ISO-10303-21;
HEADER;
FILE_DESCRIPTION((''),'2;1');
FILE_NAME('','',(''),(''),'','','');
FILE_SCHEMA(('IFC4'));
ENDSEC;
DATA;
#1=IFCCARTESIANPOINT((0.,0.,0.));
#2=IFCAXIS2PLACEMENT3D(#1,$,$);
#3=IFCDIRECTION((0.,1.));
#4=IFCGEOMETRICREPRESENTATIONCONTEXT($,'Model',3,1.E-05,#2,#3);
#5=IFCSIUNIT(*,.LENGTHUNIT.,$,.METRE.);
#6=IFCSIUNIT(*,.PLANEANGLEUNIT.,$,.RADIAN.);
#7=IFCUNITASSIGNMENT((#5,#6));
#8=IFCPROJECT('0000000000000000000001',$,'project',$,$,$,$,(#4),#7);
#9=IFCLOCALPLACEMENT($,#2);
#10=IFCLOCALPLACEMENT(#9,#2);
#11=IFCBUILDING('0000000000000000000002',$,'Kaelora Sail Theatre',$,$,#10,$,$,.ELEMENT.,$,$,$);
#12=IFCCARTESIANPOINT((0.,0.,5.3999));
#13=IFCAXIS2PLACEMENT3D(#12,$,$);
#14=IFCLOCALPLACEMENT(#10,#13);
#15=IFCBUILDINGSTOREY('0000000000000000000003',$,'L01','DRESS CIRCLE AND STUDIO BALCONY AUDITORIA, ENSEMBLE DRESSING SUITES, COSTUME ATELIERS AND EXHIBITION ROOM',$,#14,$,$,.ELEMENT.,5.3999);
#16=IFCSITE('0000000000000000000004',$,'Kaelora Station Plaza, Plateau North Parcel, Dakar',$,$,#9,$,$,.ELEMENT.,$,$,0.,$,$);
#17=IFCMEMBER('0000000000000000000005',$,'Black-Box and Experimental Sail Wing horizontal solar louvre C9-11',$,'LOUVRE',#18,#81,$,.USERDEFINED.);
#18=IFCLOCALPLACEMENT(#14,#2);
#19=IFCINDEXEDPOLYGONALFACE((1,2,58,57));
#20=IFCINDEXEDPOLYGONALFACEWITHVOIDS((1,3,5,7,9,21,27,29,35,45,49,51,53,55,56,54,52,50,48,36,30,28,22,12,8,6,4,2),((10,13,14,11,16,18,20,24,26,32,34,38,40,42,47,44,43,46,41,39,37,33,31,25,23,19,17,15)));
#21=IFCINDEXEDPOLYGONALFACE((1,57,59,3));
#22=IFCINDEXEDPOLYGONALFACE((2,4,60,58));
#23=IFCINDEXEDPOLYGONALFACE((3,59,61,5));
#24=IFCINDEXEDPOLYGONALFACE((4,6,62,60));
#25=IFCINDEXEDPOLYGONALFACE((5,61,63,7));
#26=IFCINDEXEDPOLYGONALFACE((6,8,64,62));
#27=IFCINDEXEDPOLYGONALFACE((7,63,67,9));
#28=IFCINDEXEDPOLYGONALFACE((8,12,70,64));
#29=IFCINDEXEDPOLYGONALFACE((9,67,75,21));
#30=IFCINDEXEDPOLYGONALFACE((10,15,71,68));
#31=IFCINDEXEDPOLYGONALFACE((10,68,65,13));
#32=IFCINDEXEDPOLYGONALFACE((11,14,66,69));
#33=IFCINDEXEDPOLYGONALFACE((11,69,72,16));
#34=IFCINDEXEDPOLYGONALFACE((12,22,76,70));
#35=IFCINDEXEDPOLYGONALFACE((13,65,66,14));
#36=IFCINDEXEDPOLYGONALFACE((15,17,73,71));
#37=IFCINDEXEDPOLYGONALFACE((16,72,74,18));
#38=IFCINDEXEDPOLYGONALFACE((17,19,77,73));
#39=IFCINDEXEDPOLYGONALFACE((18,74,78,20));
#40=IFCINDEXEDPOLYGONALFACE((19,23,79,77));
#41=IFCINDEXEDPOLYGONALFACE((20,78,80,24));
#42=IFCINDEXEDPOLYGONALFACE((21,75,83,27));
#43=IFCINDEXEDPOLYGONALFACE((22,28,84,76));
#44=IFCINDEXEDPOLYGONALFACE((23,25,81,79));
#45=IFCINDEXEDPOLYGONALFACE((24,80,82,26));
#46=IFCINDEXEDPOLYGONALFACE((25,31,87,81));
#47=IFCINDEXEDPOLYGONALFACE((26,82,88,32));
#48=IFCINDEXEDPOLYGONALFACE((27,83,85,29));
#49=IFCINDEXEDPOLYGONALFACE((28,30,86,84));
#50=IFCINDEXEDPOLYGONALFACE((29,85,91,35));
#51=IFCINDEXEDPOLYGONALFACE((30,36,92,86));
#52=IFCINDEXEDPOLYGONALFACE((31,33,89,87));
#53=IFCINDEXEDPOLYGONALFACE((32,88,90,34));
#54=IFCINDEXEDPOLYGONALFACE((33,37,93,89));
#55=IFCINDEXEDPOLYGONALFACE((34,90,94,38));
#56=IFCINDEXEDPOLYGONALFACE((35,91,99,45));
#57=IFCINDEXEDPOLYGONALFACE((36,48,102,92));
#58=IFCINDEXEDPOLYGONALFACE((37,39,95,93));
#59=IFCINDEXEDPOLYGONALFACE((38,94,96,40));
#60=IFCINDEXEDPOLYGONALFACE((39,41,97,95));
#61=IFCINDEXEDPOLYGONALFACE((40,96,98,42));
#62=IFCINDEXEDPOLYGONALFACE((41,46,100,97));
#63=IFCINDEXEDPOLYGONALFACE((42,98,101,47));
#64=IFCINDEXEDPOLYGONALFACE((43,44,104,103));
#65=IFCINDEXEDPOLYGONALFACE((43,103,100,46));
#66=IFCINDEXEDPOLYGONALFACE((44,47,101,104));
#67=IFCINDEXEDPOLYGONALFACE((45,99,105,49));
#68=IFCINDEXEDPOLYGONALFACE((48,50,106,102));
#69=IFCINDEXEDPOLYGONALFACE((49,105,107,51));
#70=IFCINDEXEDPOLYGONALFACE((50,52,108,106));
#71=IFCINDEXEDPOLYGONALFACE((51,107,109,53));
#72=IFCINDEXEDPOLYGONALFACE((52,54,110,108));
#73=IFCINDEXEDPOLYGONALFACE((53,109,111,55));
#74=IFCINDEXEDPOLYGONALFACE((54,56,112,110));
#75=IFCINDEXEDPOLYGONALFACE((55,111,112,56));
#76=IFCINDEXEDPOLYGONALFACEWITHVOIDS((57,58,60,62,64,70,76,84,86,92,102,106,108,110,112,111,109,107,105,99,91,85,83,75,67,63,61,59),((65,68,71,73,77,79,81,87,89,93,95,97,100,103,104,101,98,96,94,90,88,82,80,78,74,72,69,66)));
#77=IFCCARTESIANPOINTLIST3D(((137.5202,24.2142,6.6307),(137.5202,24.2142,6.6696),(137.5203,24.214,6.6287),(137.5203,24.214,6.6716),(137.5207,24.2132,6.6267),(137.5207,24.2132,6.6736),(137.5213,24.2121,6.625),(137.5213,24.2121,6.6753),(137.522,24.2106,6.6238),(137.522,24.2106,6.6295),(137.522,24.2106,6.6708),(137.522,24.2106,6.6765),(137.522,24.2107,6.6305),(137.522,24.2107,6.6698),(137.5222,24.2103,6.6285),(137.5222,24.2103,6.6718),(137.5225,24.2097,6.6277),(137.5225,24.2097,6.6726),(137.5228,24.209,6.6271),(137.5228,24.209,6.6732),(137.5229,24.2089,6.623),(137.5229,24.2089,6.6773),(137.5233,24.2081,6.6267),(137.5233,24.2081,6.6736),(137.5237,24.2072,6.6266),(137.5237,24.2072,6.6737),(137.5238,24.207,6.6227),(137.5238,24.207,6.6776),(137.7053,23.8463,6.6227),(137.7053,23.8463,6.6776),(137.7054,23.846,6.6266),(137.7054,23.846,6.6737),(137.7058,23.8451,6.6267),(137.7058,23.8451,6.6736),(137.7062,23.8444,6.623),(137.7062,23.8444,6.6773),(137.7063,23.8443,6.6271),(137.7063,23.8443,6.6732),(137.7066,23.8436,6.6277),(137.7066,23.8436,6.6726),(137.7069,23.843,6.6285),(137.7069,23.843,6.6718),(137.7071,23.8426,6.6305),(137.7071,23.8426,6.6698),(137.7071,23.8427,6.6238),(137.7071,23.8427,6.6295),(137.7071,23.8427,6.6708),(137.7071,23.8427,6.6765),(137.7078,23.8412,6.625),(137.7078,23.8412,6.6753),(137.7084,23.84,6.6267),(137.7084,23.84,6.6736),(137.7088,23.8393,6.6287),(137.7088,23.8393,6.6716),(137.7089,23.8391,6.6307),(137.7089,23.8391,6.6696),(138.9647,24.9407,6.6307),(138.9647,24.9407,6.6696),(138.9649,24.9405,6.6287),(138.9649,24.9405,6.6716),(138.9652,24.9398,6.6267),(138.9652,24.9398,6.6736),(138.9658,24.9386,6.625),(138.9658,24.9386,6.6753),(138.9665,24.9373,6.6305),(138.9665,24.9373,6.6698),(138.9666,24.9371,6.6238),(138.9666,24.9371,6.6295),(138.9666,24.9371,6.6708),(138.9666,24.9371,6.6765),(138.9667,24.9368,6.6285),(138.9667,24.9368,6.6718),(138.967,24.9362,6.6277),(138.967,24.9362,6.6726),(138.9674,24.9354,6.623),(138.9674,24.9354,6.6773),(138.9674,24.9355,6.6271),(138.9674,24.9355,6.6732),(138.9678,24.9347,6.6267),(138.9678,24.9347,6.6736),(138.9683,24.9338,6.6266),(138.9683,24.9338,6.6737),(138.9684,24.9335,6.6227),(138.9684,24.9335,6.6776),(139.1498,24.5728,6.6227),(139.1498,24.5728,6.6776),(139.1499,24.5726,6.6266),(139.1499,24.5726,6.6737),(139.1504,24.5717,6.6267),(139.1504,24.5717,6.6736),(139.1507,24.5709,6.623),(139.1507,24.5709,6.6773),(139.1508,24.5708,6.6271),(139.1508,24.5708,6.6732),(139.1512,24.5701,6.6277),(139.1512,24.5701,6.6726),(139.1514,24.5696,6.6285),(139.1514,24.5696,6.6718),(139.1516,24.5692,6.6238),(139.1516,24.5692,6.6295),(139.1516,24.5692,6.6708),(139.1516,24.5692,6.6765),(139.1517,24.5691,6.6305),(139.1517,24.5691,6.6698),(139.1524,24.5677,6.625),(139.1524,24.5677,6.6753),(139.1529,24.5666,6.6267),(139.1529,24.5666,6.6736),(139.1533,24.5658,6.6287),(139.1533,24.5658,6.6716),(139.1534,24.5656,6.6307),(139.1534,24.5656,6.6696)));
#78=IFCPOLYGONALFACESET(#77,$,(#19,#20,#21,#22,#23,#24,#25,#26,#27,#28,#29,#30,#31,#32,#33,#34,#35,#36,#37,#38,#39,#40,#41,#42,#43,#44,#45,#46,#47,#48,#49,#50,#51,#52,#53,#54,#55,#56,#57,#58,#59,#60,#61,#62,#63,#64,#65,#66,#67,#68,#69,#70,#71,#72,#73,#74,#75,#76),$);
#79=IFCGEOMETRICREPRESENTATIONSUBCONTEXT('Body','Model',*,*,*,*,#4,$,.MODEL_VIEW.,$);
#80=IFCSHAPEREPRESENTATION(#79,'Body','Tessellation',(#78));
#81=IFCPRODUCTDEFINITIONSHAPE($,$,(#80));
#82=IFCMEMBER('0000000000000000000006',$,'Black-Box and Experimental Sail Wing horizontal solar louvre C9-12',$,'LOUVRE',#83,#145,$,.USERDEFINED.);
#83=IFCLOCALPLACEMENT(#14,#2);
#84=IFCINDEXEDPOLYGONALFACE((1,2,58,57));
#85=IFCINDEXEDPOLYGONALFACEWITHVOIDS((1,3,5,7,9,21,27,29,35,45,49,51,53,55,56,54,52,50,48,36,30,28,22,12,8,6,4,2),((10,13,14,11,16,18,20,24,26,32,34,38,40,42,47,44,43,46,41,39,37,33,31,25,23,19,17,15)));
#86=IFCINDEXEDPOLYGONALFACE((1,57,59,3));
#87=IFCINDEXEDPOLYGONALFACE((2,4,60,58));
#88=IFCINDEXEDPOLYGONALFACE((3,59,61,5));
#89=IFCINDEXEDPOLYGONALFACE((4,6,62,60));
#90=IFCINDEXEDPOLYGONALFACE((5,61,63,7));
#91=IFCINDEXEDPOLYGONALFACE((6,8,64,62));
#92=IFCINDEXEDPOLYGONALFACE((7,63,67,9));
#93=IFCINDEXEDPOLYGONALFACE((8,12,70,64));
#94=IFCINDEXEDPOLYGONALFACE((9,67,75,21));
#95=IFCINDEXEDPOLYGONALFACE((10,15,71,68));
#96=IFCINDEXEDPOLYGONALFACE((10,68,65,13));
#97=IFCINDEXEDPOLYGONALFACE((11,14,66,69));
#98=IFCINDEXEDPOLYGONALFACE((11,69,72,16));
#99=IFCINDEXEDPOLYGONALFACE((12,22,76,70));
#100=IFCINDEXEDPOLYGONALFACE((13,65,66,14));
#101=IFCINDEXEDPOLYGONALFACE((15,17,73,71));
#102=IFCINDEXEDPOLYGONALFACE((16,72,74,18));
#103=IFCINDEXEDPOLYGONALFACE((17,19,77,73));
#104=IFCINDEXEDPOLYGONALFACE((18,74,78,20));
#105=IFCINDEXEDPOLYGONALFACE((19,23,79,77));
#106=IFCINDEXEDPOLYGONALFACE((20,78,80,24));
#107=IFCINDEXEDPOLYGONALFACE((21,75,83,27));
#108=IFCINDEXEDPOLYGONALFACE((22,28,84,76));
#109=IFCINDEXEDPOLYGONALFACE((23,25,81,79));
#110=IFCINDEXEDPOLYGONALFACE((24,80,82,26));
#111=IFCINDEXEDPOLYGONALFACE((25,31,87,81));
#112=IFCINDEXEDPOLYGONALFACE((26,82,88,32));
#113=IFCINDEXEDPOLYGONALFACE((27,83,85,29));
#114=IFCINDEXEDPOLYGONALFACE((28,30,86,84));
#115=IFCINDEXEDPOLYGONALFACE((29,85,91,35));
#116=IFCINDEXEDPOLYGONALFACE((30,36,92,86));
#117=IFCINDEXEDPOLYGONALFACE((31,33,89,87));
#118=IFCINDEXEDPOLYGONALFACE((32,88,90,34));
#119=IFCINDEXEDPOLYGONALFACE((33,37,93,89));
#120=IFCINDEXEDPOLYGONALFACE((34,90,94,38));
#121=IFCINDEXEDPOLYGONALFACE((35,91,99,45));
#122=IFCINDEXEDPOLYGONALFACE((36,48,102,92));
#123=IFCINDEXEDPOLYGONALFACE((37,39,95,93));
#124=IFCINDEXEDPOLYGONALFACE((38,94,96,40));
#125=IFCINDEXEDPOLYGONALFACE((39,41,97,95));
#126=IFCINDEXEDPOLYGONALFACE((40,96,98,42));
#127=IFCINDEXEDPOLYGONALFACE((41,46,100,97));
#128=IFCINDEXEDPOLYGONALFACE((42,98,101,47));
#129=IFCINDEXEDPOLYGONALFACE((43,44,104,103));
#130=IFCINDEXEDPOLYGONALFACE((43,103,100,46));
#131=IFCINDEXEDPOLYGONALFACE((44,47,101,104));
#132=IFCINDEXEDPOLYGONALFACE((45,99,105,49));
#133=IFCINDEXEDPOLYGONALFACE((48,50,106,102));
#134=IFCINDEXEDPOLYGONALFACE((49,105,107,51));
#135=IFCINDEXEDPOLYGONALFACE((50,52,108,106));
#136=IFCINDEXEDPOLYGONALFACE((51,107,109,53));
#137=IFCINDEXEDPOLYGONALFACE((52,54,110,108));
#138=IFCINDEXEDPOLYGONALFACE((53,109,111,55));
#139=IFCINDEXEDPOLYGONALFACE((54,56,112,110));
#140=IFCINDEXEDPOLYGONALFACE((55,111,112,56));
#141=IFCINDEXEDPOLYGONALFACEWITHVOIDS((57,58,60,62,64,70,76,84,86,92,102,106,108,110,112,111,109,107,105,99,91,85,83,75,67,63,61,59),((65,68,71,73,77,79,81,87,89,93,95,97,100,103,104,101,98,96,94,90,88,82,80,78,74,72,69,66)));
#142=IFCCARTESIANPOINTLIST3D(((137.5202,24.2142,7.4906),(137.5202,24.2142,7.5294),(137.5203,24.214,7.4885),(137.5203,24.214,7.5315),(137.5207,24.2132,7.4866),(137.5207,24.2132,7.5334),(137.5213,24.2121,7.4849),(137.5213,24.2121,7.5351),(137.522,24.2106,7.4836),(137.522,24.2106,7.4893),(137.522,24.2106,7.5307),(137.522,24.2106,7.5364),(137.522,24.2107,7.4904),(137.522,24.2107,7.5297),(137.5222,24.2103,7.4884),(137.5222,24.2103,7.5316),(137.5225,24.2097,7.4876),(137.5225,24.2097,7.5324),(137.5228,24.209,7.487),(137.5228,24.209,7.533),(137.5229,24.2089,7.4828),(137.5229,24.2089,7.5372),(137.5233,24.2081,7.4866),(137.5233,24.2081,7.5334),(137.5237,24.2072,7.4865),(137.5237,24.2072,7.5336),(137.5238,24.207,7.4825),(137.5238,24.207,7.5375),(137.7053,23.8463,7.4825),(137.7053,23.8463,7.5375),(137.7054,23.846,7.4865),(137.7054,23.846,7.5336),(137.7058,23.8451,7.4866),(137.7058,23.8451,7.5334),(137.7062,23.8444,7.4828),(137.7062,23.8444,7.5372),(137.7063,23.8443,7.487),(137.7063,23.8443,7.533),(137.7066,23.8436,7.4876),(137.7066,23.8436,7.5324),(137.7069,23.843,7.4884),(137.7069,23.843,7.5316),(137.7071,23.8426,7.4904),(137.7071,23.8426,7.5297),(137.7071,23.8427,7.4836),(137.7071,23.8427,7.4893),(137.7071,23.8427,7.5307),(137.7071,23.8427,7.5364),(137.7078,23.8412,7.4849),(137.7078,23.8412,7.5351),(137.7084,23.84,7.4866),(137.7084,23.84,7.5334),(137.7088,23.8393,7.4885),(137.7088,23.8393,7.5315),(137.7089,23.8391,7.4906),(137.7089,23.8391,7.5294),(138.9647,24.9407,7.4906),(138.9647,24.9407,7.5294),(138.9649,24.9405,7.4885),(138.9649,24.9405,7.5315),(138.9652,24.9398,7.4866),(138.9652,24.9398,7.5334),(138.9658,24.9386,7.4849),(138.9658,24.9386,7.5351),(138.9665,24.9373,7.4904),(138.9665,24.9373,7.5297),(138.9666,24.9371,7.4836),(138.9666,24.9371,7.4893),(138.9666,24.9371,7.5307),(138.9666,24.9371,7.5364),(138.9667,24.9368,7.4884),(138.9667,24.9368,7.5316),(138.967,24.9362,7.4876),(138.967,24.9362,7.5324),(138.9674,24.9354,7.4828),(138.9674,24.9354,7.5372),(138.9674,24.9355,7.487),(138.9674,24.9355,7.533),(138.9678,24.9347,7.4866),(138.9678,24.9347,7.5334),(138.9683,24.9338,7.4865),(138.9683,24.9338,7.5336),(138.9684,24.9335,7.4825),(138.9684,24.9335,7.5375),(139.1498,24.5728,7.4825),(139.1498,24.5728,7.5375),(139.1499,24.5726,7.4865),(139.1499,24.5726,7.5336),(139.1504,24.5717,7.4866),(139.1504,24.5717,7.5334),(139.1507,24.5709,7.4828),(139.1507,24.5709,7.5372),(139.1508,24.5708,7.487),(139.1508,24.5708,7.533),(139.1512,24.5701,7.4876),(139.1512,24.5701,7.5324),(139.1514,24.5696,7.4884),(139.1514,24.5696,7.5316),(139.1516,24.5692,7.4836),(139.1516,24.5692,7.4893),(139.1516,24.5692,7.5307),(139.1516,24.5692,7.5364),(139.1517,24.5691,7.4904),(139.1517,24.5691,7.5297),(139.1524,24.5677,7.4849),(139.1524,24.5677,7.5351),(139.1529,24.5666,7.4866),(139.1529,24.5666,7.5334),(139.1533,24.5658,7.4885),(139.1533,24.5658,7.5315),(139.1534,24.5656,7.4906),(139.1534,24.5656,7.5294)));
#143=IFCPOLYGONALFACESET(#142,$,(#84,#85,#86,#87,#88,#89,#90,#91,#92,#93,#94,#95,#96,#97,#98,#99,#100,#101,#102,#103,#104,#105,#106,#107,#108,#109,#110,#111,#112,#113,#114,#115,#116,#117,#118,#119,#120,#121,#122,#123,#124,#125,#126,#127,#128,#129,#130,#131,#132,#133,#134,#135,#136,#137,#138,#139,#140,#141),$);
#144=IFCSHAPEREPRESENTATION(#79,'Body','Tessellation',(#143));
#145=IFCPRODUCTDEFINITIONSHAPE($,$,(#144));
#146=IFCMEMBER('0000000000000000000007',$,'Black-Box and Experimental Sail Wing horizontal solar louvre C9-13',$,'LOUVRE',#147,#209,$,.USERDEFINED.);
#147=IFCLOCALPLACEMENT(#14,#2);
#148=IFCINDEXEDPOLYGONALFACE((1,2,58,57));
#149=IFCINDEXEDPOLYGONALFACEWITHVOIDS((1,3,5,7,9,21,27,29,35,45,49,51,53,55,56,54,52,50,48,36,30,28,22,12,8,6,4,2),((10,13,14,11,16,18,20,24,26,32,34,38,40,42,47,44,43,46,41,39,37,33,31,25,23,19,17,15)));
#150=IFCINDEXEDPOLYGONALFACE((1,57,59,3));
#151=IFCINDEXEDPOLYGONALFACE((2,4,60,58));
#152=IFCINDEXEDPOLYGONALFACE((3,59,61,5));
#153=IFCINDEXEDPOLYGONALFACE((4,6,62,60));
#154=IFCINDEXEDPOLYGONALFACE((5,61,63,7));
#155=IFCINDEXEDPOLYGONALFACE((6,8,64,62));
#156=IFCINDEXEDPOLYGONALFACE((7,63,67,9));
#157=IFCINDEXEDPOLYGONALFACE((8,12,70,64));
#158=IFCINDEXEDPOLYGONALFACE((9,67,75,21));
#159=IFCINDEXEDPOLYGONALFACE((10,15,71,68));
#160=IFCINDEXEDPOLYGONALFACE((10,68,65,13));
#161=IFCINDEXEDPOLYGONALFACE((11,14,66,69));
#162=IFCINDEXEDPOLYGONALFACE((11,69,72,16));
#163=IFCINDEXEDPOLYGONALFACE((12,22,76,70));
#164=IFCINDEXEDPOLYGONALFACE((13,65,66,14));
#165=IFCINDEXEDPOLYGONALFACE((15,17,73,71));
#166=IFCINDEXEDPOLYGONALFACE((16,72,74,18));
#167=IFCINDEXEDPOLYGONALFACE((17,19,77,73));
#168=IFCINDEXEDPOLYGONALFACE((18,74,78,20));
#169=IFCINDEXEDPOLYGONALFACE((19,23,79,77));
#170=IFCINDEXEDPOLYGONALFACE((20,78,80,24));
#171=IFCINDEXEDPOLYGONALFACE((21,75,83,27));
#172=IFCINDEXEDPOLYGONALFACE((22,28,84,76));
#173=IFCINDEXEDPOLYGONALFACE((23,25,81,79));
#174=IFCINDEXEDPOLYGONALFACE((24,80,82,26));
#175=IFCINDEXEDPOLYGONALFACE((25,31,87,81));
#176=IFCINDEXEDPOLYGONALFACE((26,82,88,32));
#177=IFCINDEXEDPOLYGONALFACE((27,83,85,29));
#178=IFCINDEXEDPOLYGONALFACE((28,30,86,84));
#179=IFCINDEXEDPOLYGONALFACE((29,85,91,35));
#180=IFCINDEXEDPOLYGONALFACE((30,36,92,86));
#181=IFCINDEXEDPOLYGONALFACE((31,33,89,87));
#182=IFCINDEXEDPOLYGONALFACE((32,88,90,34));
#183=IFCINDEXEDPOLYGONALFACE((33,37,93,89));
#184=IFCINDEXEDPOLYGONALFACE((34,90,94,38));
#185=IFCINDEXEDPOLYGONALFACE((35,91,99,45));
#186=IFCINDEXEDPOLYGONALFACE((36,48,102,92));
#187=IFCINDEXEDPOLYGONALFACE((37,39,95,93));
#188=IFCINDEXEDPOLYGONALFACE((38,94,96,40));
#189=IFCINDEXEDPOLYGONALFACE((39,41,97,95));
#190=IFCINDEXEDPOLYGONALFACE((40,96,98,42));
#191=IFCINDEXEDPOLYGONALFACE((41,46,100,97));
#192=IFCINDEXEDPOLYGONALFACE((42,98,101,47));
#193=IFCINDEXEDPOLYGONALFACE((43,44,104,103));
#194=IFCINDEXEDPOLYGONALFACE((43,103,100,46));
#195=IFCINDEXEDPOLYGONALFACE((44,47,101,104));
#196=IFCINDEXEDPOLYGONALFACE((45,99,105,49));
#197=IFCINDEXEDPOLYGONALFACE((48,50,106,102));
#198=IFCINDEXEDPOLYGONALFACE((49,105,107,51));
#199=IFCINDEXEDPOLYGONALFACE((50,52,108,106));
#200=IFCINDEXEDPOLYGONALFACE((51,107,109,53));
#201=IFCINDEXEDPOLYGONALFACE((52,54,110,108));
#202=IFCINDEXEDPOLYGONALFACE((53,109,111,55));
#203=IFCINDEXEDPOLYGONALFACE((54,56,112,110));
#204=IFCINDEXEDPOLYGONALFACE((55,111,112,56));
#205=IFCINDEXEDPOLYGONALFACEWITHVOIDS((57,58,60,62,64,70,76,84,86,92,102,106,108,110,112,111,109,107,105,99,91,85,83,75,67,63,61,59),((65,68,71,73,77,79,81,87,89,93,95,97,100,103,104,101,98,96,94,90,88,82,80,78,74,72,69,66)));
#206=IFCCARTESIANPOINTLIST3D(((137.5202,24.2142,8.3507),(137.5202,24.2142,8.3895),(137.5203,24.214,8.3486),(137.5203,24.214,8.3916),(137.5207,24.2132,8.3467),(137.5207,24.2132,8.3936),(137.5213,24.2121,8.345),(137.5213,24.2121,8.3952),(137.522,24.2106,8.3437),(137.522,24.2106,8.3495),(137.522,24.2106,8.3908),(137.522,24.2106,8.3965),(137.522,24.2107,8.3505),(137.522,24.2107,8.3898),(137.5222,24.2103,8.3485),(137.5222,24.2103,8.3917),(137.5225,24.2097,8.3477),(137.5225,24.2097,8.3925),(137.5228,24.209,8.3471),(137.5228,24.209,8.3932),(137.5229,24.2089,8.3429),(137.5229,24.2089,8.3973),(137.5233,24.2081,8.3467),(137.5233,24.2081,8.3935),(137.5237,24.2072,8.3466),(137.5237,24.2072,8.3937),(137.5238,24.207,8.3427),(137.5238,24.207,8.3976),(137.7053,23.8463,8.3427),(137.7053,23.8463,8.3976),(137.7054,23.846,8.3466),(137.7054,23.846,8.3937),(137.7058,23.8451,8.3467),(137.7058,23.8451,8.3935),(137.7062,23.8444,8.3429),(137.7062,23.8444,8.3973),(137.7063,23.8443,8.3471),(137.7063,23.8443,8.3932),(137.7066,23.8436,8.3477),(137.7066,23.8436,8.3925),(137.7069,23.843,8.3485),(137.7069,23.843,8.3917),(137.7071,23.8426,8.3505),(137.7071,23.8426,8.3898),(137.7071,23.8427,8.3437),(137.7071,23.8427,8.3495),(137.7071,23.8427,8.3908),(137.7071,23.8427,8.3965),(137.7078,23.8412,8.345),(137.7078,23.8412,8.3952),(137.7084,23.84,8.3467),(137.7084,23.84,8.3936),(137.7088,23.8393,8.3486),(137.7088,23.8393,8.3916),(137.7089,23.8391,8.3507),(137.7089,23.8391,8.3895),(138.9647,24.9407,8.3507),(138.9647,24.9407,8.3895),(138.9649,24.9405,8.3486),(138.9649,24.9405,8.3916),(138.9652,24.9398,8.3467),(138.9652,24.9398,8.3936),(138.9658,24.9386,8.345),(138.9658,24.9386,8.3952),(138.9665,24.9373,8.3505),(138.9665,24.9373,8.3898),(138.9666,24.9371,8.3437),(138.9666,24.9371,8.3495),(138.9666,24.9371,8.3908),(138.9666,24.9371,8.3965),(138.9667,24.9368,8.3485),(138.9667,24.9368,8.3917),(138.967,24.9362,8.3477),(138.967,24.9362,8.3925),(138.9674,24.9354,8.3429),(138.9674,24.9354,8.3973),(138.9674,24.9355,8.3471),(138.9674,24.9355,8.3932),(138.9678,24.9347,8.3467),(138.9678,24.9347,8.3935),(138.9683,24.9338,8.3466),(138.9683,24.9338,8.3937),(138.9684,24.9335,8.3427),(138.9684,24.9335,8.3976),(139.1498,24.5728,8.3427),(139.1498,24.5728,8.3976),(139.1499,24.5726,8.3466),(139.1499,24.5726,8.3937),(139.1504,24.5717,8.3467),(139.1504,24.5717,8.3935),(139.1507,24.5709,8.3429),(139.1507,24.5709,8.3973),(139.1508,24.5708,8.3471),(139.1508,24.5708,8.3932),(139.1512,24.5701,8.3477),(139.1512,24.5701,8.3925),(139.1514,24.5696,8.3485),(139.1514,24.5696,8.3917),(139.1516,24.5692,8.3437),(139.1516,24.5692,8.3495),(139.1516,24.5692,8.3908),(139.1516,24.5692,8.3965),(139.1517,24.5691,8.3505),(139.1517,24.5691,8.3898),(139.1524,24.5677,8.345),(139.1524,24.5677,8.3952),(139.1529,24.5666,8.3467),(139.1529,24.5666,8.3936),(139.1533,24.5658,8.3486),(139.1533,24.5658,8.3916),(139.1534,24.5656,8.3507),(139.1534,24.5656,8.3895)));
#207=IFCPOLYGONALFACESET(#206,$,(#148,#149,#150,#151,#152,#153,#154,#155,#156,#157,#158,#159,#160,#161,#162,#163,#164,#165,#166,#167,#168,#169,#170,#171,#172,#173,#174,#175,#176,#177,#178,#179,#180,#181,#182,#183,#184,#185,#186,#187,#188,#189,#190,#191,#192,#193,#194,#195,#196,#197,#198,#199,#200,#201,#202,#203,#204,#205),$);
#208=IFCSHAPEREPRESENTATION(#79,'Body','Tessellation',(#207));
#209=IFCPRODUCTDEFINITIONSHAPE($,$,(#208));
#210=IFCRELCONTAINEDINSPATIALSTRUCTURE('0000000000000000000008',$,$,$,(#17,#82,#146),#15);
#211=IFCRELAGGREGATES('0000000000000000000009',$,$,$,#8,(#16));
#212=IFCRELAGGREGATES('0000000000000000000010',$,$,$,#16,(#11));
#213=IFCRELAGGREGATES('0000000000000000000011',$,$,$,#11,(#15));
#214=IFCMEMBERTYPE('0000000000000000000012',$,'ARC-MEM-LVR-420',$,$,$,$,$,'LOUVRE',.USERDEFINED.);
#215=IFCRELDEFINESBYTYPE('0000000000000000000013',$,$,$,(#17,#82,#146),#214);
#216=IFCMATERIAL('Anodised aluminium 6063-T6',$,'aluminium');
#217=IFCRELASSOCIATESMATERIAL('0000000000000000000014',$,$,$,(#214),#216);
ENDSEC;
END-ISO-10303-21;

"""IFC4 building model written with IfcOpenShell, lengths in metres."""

from ifc_helpers import new_model, si_unit, direction, frame, origin, origin_2d, place, context, subcontext, project, spatial, hollow_rectangle, extrude, material, material_profile, profile_set, type_object, element, save


model = new_model("IFC4")

# Units and contexts
model_context = context("Model", 3, precision=1e-05, world=origin(), true_north=direction((0.0, 1.0)))
body_context = subcontext(model_context, "Body", "Model", "MODEL_VIEW")
ifc_project = project(units=[si_unit("LENGTHUNIT", "METRE"), si_unit("PLANEANGLEUNIT", "RADIAN")], contexts=[model_context])

# Site, building, storey
site_placement = place(None, origin())
site = spatial("IfcSite", under=ifc_project, at=site_placement, Name="Kaelora Station Plaza, Plateau North Parcel, Dakar", CompositionType="ELEMENT", RefElevation=0.0)
building_placement = place(site_placement, origin())
building = spatial("IfcBuilding", under=site, at=building_placement, Name="Kaelora Sail Theatre", CompositionType="ELEMENT")
storey_placement = place(building_placement, frame((0.0, 0.0, 5.3999)))
storey = spatial("IfcBuildingStorey", under=building, at=storey_placement, Name="L01", Description="DRESS CIRCLE AND STUDIO BALCONY AUDITORIA, ENSEMBLE DRESSING SUITES, COSTUME ATELIERS AND EXHIBITION ROOM", CompositionType="ELEMENT", Elevation=5.3999)

# Members
ifc_material_1 = material(Name="Anodised aluminium 6063-T6", Category="aluminium")
ifc_material_profile_1 = material_profile(ifc_material_1, hollow_rectangle(XDim=0.4199, YDim=0.0549, WallThickness=0.0039, InnerFilletRadius=0.0039, OuterFilletRadius=0.0081, at=origin_2d()), Name="LOUVRE 420x55x4")
ifc_profile_set_1 = profile_set([ifc_material_profile_1], Name="Anodised aluminium 6063-T6")
member_type = type_object("IfcMemberType", Name="ARC-MEM-LVR-420", ElementType="LOUVRE", PredefinedType="USERDEFINED", material=ifc_profile_set_1)
for number, where, z_axis, x_axis, name in (
    (1, (139.0591, 24.7532, 6.6501), (-0.893368, -0.449326, 0.0), (0.449326, -0.893368, 0.0), "Black-Box and Experimental Sail Wing horizontal solar louvre C9-11"),
    (2, (139.0591, 24.7532, 7.51), (-0.893368, -0.449326, 0.0), (0.449326, -0.893368, 0.0), "Black-Box and Experimental Sail Wing horizontal solar louvre C9-12"),
    (3, (139.0591, 24.7532, 8.3701), (-0.893368, -0.449326, 0.0), (0.449326, -0.893368, 0.0), "Black-Box and Experimental Sail Wing horizontal solar louvre C9-13"),
):
    element("IfcMember", number, at=place(storey_placement, frame(where, z_axis=z_axis, x_axis=x_axis)), inside=storey, type_object=member_type, Name=name, ObjectType="LOUVRE", PredefinedType="USERDEFINED", context=body_context, shape_type="SweptSolid", body=[
        extrude(hollow_rectangle(XDim=0.4199, YDim=0.0549, WallThickness=0.0039, InnerFilletRadius=0.0039, OuterFilletRadius=0.0081, at=origin_2d()), origin(), (0.0, 0.0, 1.0), 1.6169),
    ])

save(model, "model.ifc")
